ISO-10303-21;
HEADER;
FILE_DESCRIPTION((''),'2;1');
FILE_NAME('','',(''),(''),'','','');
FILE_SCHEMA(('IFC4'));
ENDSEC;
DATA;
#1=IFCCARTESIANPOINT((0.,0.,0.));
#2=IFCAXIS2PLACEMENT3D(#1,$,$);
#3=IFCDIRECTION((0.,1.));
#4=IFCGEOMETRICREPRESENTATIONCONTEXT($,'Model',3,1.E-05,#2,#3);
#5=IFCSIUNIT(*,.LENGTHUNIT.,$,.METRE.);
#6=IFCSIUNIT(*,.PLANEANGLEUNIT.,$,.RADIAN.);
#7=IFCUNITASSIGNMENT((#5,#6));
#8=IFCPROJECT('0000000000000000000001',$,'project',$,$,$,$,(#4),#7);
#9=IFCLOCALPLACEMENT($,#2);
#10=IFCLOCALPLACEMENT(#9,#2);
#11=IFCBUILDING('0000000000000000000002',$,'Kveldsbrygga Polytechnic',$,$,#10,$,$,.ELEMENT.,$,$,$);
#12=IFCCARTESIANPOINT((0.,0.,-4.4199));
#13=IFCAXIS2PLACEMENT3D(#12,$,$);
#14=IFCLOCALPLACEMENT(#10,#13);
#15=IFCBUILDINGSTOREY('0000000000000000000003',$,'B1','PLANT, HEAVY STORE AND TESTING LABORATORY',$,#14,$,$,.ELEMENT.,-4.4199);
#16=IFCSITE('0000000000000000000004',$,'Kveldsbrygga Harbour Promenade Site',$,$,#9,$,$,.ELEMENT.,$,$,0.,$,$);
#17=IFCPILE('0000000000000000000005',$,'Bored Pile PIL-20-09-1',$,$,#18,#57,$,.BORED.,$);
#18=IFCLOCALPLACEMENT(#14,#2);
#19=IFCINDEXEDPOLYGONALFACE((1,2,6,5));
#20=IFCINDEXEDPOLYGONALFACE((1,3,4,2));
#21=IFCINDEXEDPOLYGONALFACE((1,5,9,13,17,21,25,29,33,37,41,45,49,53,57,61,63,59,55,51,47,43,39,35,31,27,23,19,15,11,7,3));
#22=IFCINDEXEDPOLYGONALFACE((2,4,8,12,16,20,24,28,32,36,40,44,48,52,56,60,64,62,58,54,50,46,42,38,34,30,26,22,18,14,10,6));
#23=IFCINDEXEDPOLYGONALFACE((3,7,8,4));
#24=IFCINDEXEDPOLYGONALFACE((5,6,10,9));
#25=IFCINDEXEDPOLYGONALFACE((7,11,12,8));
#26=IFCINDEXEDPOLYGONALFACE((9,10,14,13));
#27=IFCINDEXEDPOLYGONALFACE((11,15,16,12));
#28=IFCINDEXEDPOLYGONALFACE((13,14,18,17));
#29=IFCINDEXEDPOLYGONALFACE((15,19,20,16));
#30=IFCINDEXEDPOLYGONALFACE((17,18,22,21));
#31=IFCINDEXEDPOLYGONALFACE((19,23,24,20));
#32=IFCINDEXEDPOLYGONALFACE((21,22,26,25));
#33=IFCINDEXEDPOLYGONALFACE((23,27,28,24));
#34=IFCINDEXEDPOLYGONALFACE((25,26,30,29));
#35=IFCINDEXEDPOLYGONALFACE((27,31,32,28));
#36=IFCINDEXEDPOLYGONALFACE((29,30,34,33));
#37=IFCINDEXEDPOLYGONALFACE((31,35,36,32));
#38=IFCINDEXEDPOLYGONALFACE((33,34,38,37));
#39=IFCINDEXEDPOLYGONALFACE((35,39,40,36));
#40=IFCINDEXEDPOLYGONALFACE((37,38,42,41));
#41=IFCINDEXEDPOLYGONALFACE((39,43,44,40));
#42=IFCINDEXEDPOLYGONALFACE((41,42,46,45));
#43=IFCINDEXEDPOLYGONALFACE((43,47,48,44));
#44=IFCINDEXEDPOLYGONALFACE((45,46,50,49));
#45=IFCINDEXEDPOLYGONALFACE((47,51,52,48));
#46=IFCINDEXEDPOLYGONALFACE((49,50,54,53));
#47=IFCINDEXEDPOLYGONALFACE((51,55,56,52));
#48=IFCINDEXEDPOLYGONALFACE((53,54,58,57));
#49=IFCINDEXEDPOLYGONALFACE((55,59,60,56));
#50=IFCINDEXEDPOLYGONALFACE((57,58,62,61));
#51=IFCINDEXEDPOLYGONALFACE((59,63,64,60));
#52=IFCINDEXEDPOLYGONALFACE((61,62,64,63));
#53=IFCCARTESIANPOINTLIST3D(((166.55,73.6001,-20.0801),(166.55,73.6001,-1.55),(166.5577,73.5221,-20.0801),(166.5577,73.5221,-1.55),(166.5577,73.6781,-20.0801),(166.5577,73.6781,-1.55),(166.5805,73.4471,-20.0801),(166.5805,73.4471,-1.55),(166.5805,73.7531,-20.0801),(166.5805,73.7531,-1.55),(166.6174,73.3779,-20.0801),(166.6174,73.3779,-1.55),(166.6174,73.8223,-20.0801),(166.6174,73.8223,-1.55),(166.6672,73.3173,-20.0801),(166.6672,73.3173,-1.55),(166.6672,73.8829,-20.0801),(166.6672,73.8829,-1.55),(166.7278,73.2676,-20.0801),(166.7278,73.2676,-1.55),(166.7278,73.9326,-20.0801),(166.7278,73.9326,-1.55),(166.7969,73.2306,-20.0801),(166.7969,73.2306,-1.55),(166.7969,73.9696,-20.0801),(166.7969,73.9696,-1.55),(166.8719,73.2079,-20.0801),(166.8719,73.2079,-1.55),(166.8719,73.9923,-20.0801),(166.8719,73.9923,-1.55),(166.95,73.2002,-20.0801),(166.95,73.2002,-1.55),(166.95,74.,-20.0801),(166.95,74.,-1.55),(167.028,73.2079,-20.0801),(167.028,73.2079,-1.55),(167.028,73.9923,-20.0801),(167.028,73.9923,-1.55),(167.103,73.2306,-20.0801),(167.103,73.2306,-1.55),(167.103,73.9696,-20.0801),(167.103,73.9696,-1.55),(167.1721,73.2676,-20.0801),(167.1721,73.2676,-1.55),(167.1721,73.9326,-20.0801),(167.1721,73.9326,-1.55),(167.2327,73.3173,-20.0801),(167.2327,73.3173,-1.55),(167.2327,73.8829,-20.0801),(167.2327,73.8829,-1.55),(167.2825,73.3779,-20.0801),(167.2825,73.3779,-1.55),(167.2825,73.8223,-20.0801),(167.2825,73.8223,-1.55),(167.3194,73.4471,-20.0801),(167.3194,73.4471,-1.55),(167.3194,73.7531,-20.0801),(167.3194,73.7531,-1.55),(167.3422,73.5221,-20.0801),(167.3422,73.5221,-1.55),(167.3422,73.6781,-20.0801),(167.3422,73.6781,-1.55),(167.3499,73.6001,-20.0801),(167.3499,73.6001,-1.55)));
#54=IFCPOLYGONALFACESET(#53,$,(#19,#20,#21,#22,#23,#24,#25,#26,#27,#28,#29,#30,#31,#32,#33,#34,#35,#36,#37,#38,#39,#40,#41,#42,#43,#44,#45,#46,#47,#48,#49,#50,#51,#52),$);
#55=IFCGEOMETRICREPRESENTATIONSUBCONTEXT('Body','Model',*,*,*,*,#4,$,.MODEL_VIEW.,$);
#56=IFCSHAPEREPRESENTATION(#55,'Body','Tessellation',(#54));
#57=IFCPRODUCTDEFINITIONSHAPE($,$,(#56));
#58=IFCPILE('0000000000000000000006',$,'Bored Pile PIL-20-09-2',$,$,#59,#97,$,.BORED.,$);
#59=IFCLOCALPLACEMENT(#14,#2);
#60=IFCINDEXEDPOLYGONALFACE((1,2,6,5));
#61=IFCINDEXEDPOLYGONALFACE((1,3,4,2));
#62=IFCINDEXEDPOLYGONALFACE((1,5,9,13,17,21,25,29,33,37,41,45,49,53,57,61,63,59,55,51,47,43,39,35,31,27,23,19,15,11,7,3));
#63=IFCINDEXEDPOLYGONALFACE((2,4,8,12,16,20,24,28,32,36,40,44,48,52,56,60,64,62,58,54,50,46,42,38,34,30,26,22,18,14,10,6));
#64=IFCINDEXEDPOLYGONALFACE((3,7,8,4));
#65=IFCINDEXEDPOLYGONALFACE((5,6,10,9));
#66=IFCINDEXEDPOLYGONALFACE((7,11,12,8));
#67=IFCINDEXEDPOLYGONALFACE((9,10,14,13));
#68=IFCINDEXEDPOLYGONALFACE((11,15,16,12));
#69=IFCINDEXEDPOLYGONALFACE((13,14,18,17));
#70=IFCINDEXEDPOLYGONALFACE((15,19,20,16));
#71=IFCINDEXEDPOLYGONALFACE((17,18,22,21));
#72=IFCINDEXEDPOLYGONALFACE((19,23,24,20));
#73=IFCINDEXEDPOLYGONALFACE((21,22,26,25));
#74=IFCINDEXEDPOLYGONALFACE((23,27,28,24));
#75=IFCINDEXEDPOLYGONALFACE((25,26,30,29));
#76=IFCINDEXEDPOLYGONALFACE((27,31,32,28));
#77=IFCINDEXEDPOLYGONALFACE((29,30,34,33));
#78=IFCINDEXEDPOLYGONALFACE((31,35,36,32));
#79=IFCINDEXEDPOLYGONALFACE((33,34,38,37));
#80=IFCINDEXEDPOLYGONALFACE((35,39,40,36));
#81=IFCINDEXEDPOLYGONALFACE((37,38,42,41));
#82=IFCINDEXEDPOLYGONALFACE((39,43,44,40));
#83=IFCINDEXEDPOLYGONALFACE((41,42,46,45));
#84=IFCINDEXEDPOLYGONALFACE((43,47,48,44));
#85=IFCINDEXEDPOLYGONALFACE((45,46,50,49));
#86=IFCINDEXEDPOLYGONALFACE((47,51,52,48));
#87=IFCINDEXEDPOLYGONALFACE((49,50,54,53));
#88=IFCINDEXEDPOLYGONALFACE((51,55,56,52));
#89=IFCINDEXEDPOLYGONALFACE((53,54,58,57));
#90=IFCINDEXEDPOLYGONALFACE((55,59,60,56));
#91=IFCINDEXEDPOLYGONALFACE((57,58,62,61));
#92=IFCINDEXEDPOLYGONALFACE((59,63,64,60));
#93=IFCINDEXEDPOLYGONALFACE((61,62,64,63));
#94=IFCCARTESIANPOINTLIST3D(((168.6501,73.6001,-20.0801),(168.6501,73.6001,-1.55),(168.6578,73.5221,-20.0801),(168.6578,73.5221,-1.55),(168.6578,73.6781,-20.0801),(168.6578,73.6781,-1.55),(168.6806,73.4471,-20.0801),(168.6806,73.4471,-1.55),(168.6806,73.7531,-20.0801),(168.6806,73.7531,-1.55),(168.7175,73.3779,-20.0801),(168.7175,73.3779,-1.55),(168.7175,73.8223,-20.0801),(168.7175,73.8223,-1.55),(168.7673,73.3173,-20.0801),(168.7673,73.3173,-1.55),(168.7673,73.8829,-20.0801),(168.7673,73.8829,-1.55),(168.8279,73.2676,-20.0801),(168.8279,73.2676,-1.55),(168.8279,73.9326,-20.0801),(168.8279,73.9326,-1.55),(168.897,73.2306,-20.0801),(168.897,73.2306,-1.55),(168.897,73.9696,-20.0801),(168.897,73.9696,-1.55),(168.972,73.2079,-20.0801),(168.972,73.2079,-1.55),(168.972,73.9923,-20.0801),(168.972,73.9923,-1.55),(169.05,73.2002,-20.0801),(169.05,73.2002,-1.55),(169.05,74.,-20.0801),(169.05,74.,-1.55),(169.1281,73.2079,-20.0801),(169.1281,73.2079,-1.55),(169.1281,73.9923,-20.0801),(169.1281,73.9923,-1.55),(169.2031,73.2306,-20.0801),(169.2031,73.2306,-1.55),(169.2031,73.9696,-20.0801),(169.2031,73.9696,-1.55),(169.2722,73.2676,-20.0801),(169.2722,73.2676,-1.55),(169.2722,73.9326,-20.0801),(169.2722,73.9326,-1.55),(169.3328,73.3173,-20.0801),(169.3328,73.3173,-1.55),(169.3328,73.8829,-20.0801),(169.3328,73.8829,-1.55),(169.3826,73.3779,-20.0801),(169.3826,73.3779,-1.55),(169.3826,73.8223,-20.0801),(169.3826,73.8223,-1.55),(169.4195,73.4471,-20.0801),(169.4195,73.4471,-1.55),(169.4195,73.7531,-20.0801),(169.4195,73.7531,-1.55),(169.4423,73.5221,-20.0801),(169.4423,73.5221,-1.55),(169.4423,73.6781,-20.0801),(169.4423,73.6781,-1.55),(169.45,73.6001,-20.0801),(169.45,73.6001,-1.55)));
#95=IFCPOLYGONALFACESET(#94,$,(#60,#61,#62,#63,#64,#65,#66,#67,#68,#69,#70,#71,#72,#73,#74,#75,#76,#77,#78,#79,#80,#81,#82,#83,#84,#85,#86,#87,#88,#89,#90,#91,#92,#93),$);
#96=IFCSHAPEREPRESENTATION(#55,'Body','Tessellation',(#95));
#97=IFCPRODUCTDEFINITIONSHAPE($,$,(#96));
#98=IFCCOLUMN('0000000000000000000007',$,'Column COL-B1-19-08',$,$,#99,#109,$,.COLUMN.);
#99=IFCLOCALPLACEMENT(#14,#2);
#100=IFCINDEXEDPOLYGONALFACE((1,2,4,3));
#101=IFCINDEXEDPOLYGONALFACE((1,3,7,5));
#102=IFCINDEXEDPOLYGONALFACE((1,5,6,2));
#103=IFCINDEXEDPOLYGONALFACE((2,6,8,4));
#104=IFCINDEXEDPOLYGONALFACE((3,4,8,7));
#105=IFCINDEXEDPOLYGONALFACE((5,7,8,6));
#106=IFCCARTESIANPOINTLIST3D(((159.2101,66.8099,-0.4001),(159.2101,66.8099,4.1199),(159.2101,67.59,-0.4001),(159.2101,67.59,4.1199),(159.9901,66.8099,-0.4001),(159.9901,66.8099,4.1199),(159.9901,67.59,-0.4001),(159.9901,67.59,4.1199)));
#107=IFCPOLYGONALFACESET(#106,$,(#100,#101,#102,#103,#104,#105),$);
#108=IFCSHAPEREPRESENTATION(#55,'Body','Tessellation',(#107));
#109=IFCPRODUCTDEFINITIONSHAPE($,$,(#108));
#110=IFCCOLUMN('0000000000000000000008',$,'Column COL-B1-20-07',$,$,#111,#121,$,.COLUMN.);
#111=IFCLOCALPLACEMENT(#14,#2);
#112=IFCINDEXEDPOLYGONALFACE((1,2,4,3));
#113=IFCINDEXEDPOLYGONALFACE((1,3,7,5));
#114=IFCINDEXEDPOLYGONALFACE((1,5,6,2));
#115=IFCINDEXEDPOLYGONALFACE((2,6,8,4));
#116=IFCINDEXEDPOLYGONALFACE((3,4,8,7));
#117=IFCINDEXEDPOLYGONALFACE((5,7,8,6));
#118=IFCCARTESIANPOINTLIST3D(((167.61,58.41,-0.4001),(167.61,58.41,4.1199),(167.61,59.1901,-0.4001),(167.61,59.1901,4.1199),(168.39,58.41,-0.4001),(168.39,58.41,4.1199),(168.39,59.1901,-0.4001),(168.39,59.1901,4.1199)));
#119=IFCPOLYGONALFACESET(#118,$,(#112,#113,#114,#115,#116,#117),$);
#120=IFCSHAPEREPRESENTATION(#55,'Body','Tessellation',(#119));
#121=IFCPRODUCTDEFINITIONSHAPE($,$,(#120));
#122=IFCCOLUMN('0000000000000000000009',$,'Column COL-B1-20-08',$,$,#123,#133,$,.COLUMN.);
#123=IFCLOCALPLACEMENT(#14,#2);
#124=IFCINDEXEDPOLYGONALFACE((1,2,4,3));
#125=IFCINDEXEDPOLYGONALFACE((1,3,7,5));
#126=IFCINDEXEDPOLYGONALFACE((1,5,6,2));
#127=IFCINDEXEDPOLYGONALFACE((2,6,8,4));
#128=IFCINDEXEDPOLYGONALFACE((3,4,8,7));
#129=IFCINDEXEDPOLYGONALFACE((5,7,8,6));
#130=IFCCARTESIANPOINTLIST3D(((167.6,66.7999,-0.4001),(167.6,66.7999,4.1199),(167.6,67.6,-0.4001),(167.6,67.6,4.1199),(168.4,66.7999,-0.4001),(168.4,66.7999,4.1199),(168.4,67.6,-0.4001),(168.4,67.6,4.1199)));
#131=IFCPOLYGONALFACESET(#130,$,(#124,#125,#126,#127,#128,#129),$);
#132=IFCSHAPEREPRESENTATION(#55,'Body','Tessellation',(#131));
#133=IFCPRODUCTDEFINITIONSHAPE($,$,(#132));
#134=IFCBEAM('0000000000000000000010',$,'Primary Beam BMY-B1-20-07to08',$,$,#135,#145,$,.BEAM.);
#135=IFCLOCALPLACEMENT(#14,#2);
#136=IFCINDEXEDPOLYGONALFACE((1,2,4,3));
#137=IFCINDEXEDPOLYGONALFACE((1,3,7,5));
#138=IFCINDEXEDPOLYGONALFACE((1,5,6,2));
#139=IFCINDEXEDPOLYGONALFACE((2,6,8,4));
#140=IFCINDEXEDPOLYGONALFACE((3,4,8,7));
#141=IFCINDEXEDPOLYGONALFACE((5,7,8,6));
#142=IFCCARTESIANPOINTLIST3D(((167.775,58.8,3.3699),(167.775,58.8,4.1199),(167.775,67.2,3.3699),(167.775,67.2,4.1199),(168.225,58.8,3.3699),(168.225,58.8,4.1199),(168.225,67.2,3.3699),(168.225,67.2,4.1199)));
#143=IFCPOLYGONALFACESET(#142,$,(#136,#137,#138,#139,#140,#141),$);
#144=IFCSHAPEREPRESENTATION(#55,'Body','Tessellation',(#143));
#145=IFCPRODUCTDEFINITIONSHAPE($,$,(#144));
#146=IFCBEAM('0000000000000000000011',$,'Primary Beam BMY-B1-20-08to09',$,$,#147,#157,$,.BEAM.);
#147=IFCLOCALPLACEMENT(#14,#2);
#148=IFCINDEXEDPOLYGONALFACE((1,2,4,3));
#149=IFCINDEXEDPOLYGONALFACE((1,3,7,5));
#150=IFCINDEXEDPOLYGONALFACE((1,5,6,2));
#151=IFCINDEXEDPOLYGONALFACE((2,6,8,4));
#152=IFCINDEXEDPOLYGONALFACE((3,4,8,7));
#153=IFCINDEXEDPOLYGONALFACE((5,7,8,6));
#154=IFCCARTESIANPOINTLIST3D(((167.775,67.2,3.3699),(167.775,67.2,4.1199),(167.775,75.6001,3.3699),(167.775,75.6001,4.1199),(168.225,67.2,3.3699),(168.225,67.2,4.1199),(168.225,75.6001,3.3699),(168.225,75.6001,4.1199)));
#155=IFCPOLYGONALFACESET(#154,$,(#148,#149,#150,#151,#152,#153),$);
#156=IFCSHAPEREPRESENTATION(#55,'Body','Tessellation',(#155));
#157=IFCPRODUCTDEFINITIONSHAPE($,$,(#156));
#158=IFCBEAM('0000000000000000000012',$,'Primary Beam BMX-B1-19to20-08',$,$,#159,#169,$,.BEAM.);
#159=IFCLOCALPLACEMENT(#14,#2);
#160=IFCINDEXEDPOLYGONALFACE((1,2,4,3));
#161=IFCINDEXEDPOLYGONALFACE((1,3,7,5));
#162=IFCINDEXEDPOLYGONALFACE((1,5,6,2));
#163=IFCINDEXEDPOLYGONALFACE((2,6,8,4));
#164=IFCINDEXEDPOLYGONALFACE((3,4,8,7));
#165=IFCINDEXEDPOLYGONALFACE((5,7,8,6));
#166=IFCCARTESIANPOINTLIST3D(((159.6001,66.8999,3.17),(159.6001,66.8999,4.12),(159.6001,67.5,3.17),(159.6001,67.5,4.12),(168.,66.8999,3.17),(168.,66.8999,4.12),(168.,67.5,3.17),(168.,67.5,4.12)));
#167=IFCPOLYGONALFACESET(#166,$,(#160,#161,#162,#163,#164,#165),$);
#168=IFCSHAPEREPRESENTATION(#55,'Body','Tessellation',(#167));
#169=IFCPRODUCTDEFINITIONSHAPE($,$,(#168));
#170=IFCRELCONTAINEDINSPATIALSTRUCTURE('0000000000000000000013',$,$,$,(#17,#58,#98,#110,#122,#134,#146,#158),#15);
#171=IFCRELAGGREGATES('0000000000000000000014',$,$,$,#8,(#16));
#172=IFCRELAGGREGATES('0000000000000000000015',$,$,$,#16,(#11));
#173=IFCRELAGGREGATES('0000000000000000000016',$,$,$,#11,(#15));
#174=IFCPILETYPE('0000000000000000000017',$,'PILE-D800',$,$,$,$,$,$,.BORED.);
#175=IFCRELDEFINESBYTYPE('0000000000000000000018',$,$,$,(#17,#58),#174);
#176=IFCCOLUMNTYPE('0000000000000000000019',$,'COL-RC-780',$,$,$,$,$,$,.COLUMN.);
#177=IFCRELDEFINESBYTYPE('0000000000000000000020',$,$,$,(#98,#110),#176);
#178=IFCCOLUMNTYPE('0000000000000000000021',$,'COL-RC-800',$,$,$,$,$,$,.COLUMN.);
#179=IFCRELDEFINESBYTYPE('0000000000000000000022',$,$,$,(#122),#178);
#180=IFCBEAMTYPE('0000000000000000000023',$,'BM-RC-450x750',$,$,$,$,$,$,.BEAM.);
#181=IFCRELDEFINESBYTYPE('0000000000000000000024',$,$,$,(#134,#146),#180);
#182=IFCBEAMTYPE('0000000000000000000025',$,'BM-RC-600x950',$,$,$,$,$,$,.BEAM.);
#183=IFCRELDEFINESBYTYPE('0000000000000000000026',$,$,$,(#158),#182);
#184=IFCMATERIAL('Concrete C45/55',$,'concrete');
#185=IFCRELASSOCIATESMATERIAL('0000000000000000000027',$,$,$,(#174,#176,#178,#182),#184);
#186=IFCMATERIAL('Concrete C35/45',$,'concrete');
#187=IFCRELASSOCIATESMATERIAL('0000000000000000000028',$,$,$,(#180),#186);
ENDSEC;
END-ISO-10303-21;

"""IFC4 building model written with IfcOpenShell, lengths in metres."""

from ifc_helpers import new_model, si_unit, direction, frame, origin, origin_2d, place, context, subcontext, project, spatial, rectangle, circle, extrude, material, material_profile, profile_set, type_object, element, save


model = new_model("IFC4")

# Units and contexts
model_context = context("Model", 3, precision=1e-05, world=origin(), true_north=direction((0.0, 1.0)))
body_context = subcontext(model_context, "Body", "Model", "MODEL_VIEW")
ifc_project = project(units=[si_unit("LENGTHUNIT", "METRE"), si_unit("PLANEANGLEUNIT", "RADIAN")], contexts=[model_context])

# Site, building, storey
site_placement = place(None, origin())
site = spatial("IfcSite", under=ifc_project, at=site_placement, Name="Kveldsbrygga Harbour Promenade Site", CompositionType="ELEMENT", RefElevation=0.0)
building_placement = place(site_placement, origin())
building = spatial("IfcBuilding", under=site, at=building_placement, Name="Kveldsbrygga Polytechnic", CompositionType="ELEMENT")
storey_placement = place(building_placement, frame((0.0, 0.0, -4.4199)))
storey = spatial("IfcBuildingStorey", under=building, at=storey_placement, Name="B1", Description="PLANT, HEAVY STORE AND TESTING LABORATORY", CompositionType="ELEMENT", Elevation=-4.4199)

# Shared definitions
ifc_material_1 = material(Name="Concrete C45/55", Category="concrete")

# Piles
ifc_material_profile_1 = material_profile(ifc_material_1, circle(Radius=0.3999, at=origin_2d()), Name="PILE D800")
ifc_profile_set_1 = profile_set([ifc_material_profile_1], Name="Concrete C45/55")
pile_type = type_object("IfcPileType", Name="PILE-D800", PredefinedType="BORED", material=ifc_profile_set_1)
for number, where, z_axis, x_axis, name in (
    (1, (166.95, 73.6001, -1.55), (0.0, 0.0, -1.0), (1.0, 0.0, 0.0), "Bored Pile PIL-20-09-1"),
    (2, (169.05, 73.6001, -1.55), (0.0, 0.0, -1.0), (1.0, 0.0, 0.0), "Bored Pile PIL-20-09-2"),
):
    element("IfcPile", number, at=place(storey_placement, frame(where, z_axis=z_axis, x_axis=x_axis)), inside=storey, type_object=pile_type, Name=name, PredefinedType="BORED", context=body_context, shape_type="SweptSolid", body=[
        extrude(circle(Radius=0.3999, at=origin_2d()), origin(), (0.0, 0.0, 1.0), 18.53),
    ])

# Columns
ifc_material_profile_2 = material_profile(ifc_material_1, rectangle(XDim=0.78, YDim=0.78, at=origin_2d()), Name="RC 780x780")
ifc_profile_set_2 = profile_set([ifc_material_profile_2], Name="Concrete C45/55")
column_type_1 = type_object("IfcColumnType", Name="COL-RC-780", PredefinedType="COLUMN", material=ifc_profile_set_2)
for number, where, z_axis, x_axis, name in (
    (3, (159.6001, 67.2, -0.4001), (0.0, 0.0, 1.0), (1.0, 0.0, 0.0), "Column COL-B1-19-08"),
    (4, (168.0, 58.8, -0.4001), (0.0, 0.0, 1.0), (1.0, 0.0, 0.0), "Column COL-B1-20-07"),
):
    element("IfcColumn", number, at=place(storey_placement, frame(where, z_axis=z_axis, x_axis=x_axis)), inside=storey, type_object=column_type_1, Name=name, PredefinedType="COLUMN", context=body_context, shape_type="SweptSolid", body=[
        extrude(rectangle(XDim=0.78, YDim=0.78, at=origin_2d()), origin(), (0.0, 0.0, 1.0), 4.52),
    ])
ifc_material_profile_3 = material_profile(ifc_material_1, rectangle(XDim=0.8, YDim=0.8, at=origin_2d()), Name="RC 800x800")
ifc_profile_set_3 = profile_set([ifc_material_profile_3], Name="Concrete C45/55")
column_type_2 = type_object("IfcColumnType", Name="COL-RC-800", PredefinedType="COLUMN", material=ifc_profile_set_3)
column_placement = place(storey_placement, frame((168.0, 67.2, -0.4001), z_axis=(0.0, 0.0, 1.0), x_axis=(1.0, 0.0, 0.0)))
element("IfcColumn", 5, at=column_placement, inside=storey, type_object=column_type_2, Name="Column COL-B1-20-08", PredefinedType="COLUMN", context=body_context, shape_type="SweptSolid", body=[
    extrude(rectangle(XDim=0.8, YDim=0.8, at=origin_2d()), origin(), (0.0, 0.0, 1.0), 4.52),
])

# Beams
ifc_material_2 = material(Name="Concrete C35/45", Category="concrete")
ifc_material_profile_4 = material_profile(ifc_material_2, rectangle(XDim=0.45, YDim=0.75, at=origin_2d()), Name="RC 450x750")
ifc_profile_set_4 = profile_set([ifc_material_profile_4], Name="Concrete C35/45")
beam_type_1 = type_object("IfcBeamType", Name="BM-RC-450x750", PredefinedType="BEAM", material=ifc_profile_set_4)
beam_1_placement = place(storey_placement, frame((168.0, 58.8, 3.7449), z_axis=(0.0, 1.0, 0.0), x_axis=(-1.0, 0.0, 0.0)))
element("IfcBeam", 6, at=beam_1_placement, inside=storey, type_object=beam_type_1, Name="Primary Beam BMY-B1-20-07to08", PredefinedType="BEAM", context=body_context, shape_type="SweptSolid", body=[
    extrude(rectangle(XDim=0.45, YDim=0.75, at=origin_2d()), origin(), (0.0, 0.0, 1.0), 8.3999),
])
beam_2_placement = place(storey_placement, frame((168.0, 67.2, 3.7449), z_axis=(0.0, 1.0, 0.0), x_axis=(-1.0, 0.0, 0.0)))
element("IfcBeam", 7, at=beam_2_placement, inside=storey, type_object=beam_type_1, Name="Primary Beam BMY-B1-20-08to09", PredefinedType="BEAM", context=body_context, shape_type="SweptSolid", body=[
    extrude(rectangle(XDim=0.45, YDim=0.75, at=origin_2d()), origin(), (0.0, 0.0, 1.0), 8.4001),
])
ifc_material_profile_5 = material_profile(ifc_material_1, rectangle(XDim=0.6001, YDim=0.95, at=origin_2d()), Name="RC 600x950")
ifc_profile_set_5 = profile_set([ifc_material_profile_5], Name="Concrete C45/55")
beam_type_2 = type_object("IfcBeamType", Name="BM-RC-600x950", PredefinedType="BEAM", material=ifc_profile_set_5)
beam_3_placement = place(storey_placement, frame((159.6001, 67.2, 3.645), z_axis=(1.0, 0.0, 0.0), x_axis=(0.0, 1.0, 0.0)))
element("IfcBeam", 8, at=beam_3_placement, inside=storey, type_object=beam_type_2, Name="Primary Beam BMX-B1-19to20-08", PredefinedType="BEAM", context=body_context, shape_type="SweptSolid", body=[
    extrude(rectangle(XDim=0.6001, YDim=0.95, at=origin_2d()), origin(), (0.0, 0.0, 1.0), 8.3999),
])

save(model, "model.ifc")
